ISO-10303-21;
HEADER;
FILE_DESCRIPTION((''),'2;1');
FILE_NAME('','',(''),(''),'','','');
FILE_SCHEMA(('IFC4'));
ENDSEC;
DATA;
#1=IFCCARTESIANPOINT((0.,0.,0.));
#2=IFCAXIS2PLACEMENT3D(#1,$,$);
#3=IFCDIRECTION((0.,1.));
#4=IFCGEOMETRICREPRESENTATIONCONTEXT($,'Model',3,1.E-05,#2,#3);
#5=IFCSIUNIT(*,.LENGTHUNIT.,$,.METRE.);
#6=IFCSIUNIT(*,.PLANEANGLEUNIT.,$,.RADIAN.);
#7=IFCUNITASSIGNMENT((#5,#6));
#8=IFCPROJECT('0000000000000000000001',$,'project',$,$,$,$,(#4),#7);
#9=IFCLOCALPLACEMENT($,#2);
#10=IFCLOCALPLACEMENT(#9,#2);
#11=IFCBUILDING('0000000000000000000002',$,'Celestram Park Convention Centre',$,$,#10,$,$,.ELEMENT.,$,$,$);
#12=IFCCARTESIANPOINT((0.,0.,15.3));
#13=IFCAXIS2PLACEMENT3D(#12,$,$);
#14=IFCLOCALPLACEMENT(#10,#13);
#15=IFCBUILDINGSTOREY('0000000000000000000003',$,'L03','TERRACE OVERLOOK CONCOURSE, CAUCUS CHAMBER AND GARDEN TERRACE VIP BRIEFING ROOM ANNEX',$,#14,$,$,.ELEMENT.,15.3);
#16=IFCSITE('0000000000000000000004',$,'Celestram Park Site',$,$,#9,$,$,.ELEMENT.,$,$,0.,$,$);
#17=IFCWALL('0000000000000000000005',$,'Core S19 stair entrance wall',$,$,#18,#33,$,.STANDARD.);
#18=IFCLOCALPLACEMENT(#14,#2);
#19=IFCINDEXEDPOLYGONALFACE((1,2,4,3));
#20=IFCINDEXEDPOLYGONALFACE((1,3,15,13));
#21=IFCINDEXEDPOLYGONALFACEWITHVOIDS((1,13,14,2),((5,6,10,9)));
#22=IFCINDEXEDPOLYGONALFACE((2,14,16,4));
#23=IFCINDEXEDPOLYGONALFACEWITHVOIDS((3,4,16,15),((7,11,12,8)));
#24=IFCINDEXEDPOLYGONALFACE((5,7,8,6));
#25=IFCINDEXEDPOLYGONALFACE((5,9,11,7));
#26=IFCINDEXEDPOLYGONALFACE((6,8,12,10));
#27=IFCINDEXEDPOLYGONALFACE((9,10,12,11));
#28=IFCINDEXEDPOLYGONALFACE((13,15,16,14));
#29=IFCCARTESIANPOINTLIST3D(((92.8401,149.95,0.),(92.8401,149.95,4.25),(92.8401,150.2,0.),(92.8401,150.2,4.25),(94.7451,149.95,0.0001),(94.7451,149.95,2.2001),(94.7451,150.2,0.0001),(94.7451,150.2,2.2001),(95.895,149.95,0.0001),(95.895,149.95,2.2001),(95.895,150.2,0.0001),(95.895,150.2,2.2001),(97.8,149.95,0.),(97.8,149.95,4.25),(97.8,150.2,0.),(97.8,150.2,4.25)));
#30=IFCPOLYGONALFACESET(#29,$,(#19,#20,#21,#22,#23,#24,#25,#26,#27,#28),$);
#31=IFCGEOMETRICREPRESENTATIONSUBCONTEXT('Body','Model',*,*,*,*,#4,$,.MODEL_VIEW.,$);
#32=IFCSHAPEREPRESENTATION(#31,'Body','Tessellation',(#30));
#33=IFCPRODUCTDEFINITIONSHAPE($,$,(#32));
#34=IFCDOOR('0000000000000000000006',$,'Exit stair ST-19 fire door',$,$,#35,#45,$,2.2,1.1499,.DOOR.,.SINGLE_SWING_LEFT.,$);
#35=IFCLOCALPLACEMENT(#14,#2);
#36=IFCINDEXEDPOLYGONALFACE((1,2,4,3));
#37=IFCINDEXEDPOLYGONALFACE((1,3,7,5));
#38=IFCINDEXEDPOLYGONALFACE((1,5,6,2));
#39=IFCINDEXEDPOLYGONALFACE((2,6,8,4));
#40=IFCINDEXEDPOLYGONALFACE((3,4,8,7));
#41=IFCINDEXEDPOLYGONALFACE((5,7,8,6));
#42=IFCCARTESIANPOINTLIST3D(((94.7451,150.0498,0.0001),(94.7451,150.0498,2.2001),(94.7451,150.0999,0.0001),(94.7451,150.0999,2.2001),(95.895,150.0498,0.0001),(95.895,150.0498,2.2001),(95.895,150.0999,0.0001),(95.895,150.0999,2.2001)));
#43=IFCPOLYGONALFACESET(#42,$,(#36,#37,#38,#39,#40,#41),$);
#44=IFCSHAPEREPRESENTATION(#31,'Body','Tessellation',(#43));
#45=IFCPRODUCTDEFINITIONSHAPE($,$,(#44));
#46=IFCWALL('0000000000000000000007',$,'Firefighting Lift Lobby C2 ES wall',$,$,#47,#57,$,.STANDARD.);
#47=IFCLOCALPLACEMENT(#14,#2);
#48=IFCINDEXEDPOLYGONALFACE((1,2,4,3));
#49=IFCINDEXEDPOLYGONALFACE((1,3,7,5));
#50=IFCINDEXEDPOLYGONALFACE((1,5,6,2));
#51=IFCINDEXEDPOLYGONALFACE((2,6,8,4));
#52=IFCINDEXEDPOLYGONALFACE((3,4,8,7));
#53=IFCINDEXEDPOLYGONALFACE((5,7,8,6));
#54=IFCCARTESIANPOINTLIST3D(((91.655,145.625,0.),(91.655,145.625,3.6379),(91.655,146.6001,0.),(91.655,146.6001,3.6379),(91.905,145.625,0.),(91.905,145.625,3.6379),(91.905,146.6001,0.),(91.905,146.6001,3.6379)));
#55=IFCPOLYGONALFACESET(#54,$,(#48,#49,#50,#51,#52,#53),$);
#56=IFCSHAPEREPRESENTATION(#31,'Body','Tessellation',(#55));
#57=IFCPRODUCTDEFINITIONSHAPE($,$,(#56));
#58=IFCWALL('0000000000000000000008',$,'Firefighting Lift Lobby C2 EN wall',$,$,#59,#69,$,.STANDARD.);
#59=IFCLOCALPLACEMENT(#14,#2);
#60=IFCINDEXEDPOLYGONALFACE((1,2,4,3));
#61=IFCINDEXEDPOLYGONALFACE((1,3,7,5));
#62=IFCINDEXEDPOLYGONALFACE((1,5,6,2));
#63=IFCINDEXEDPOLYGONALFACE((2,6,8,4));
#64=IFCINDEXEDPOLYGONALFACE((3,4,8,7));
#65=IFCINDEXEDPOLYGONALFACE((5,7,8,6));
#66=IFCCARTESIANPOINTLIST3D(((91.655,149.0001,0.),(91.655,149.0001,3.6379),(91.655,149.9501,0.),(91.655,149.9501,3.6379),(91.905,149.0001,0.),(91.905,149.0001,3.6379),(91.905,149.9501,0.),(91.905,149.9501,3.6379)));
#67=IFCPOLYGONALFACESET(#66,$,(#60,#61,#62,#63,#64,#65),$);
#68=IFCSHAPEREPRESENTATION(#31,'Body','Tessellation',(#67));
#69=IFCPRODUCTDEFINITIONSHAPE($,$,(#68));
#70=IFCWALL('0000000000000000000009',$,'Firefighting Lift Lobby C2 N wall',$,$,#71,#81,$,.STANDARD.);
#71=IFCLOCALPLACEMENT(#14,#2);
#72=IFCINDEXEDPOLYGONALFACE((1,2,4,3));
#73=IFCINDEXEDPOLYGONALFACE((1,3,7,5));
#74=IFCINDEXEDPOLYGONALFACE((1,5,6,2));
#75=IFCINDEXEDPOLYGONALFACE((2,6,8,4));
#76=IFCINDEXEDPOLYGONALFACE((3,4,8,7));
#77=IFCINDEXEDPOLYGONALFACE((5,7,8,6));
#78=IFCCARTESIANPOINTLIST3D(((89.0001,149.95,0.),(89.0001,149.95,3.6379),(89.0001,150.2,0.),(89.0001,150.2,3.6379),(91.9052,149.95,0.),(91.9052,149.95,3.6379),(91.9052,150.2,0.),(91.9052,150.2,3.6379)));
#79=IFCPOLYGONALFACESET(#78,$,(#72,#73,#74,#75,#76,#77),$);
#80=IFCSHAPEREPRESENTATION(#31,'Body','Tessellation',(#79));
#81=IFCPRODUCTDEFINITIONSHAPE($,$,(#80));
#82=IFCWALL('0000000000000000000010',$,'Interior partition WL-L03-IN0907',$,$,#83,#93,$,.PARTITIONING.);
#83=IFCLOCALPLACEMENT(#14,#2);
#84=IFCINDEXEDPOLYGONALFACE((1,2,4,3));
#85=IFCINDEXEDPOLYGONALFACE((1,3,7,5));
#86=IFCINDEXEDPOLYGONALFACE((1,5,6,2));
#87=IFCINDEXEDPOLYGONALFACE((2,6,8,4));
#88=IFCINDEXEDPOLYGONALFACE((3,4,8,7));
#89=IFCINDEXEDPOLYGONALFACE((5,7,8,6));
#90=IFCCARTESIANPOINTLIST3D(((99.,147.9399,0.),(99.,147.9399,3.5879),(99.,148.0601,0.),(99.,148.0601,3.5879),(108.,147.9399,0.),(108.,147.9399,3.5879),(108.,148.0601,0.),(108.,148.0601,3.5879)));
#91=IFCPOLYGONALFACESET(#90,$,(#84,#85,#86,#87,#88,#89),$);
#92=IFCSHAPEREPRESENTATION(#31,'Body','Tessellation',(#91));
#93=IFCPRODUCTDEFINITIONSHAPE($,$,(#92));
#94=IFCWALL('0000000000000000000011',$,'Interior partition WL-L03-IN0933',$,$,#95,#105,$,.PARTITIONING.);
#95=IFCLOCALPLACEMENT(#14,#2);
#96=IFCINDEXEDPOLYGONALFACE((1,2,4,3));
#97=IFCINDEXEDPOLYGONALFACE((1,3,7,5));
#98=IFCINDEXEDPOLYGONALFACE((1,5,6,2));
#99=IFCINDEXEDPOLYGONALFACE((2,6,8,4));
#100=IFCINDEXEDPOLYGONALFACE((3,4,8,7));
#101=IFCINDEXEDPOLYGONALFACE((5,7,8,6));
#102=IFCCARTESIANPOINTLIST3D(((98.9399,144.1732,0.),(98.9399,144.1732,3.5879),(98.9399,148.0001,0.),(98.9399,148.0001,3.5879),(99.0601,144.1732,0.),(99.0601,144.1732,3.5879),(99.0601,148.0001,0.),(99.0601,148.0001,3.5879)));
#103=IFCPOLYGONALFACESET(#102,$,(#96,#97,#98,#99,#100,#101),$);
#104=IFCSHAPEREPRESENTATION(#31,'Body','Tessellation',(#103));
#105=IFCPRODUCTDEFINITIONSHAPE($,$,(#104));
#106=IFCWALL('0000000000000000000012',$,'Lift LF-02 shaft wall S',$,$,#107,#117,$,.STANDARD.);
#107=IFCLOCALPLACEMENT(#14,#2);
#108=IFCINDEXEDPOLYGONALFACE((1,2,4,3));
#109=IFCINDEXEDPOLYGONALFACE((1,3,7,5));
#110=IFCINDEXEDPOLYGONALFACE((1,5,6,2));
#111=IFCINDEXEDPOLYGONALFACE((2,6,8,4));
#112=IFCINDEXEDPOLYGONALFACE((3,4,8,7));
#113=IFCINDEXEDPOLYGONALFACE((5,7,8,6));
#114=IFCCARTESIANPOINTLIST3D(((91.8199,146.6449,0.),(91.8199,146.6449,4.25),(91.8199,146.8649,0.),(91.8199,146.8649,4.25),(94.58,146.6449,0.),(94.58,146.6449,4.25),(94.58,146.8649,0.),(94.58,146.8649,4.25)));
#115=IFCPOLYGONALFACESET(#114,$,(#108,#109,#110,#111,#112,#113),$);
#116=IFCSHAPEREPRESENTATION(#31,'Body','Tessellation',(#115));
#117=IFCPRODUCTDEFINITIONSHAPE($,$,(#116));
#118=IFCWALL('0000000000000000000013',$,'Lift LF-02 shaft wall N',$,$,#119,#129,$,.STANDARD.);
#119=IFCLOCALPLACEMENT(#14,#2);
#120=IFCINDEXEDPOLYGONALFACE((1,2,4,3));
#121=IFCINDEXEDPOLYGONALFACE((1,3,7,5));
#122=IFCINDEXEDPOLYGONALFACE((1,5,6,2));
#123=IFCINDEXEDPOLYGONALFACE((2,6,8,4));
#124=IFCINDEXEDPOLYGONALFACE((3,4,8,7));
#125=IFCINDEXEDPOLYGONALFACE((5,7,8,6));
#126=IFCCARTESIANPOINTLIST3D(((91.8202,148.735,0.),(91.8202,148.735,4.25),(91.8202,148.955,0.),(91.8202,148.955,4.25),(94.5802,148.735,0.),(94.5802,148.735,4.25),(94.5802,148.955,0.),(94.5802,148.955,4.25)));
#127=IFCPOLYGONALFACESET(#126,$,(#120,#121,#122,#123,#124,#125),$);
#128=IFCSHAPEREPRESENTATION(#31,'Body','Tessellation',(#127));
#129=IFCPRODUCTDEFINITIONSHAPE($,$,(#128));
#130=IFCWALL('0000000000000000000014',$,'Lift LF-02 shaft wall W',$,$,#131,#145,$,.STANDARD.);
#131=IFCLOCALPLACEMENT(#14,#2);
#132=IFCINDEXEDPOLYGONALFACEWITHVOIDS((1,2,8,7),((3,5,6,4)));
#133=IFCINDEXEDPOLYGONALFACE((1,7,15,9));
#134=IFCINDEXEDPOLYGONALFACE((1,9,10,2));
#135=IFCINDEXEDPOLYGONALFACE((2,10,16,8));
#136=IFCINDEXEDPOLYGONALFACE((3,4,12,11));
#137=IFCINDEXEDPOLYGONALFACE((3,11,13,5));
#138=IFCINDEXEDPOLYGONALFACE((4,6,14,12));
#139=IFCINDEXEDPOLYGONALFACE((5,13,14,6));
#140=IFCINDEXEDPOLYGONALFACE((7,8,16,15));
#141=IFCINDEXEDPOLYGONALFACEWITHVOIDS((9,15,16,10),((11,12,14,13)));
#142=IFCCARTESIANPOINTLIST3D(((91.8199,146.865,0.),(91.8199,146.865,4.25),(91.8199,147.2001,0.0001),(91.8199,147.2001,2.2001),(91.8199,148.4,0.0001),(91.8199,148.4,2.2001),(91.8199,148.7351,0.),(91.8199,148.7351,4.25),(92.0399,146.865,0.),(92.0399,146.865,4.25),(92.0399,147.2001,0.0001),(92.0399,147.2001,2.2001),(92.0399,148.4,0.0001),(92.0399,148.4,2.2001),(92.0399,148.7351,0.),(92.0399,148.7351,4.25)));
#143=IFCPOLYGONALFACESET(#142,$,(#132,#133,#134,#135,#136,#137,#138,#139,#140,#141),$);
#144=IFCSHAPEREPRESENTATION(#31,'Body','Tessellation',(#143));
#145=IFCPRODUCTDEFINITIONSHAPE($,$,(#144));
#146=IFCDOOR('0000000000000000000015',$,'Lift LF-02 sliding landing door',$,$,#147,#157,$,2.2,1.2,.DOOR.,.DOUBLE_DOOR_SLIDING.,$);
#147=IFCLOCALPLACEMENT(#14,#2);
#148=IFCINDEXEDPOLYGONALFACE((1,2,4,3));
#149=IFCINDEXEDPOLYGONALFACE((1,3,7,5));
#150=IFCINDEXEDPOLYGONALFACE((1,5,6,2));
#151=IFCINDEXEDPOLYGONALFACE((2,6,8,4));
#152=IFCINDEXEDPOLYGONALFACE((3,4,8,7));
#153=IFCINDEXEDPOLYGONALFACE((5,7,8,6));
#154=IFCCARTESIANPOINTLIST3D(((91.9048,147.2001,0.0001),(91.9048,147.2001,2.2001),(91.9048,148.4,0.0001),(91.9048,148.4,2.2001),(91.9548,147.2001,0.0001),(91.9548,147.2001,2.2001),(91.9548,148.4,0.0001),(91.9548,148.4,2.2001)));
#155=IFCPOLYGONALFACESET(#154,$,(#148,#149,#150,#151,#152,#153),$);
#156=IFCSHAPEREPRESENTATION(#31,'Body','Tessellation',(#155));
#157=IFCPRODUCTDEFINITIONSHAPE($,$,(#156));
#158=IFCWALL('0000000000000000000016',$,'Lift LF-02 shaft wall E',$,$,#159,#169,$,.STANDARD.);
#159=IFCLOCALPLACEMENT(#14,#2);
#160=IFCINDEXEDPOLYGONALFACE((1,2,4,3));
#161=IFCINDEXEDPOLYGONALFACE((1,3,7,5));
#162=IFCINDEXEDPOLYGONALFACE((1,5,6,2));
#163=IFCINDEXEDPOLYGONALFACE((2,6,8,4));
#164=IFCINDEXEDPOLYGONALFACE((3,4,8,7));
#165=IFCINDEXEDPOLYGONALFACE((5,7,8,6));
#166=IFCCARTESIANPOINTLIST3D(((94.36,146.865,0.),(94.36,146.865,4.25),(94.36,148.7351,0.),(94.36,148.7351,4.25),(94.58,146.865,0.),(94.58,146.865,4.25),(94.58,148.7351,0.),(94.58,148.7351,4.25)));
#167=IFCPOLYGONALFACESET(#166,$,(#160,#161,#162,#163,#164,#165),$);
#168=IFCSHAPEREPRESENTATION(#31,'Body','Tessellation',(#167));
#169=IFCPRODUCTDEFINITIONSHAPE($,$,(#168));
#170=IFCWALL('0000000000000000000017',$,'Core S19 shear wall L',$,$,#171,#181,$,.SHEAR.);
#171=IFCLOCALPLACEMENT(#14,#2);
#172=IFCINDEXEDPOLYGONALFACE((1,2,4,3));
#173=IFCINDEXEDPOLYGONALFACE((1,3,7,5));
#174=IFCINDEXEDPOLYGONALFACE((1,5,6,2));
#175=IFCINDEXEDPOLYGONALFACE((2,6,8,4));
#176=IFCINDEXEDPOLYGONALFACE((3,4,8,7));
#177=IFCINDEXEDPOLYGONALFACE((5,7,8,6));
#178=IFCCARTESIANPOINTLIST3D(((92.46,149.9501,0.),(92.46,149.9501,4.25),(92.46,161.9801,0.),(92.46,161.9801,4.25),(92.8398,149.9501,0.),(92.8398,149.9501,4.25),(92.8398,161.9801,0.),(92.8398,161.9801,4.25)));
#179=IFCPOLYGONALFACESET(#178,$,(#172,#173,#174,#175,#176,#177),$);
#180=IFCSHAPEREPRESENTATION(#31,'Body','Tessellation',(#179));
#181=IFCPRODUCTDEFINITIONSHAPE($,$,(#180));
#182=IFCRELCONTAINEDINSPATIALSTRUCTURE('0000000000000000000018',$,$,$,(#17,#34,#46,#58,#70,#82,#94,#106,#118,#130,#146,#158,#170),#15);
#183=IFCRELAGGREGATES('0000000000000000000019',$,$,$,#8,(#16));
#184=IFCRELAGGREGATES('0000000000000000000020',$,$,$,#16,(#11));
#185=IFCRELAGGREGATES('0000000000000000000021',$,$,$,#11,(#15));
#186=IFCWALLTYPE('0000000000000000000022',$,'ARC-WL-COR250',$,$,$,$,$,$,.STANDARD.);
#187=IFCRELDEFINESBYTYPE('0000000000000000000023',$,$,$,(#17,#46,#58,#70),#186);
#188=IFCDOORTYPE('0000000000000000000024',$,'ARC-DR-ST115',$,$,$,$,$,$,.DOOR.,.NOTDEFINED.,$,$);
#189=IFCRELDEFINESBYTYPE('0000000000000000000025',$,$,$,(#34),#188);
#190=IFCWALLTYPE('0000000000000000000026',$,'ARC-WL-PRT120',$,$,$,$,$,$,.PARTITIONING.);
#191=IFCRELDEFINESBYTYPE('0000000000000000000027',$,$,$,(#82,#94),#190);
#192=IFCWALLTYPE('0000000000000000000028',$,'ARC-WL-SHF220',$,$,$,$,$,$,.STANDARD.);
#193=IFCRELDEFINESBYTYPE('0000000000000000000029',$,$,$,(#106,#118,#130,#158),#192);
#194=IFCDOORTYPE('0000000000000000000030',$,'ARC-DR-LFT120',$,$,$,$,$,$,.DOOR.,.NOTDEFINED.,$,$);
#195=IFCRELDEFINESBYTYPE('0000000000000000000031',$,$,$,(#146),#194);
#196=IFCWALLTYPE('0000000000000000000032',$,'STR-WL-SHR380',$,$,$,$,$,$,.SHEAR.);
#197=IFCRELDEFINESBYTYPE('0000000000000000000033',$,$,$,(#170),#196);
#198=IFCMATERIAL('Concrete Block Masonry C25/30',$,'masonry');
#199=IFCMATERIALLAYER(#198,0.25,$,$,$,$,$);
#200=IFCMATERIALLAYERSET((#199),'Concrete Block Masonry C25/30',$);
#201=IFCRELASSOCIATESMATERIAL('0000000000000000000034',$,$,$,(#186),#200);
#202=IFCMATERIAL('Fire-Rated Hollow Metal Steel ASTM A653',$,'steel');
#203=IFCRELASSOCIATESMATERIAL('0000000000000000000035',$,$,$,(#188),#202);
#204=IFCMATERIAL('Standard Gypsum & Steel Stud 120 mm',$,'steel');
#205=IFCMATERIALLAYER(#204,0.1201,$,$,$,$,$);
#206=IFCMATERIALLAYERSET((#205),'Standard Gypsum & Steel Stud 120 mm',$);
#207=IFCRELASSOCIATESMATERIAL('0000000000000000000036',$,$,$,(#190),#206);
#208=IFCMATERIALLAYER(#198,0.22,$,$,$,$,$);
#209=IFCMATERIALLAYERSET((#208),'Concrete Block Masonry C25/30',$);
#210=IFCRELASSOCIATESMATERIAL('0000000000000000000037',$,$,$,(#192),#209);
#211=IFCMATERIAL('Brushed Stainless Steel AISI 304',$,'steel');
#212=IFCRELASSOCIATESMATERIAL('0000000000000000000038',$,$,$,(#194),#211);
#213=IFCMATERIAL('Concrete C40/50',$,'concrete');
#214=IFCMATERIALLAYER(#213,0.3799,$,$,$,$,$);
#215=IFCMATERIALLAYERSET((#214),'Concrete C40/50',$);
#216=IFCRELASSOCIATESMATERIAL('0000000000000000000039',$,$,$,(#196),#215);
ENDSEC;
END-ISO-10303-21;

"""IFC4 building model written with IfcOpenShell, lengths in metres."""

from ifc_helpers import new_model, si_unit, direction, frame, frame_2d, origin, place, context, subcontext, project, spatial, rectangle, extrude, material, layer, layer_set, type_object, element, fill, save


model = new_model("IFC4")

# Units and contexts
model_context = context("Model", 3, precision=1e-05, world=origin(), true_north=direction((0.0, 1.0)))
body_context = subcontext(model_context, "Body", "Model", "MODEL_VIEW")
ifc_project = project(units=[si_unit("LENGTHUNIT", "METRE"), si_unit("PLANEANGLEUNIT", "RADIAN")], contexts=[model_context])

# Site, building, storey
site_placement = place(None, origin())
site = spatial("IfcSite", under=ifc_project, at=site_placement, Name="Celestram Park Site", CompositionType="ELEMENT", RefElevation=0.0)
building_placement = place(site_placement, origin())
building = spatial("IfcBuilding", under=site, at=building_placement, Name="Celestram Park Convention Centre", CompositionType="ELEMENT")
storey_placement = place(building_placement, frame((0.0, 0.0, 15.3)))
storey = spatial("IfcBuildingStorey", under=building, at=storey_placement, Name="L03", Description="TERRACE OVERLOOK CONCOURSE, CAUCUS CHAMBER AND GARDEN TERRACE VIP BRIEFING ROOM ANNEX", CompositionType="ELEMENT", Elevation=15.3)

# Shared definitions
ifc_material_1 = material(Name="Concrete C40/50", Category="concrete")

# Wall, opening, door
ifc_material_2 = material(Name="Concrete Block Masonry C25/30", Category="masonry")
ifc_layer_1 = layer(ifc_material_2, 0.25)
ifc_layer_set_1 = layer_set([ifc_layer_1], Name="Concrete Block Masonry C25/30")
wall_type_1 = type_object("IfcWallType", Name="ARC-WL-COR250", PredefinedType="STANDARD", material=ifc_layer_set_1)
wall_1_placement = place(storey_placement, frame((92.8401, 150.075, 0.0), z_axis=(0.0, 0.0, 1.0), x_axis=(1.0, 0.0, 0.0)))
wall_1 = element("IfcWall", 1, at=wall_1_placement, inside=storey, type_object=wall_type_1, Name="Core S19 stair entrance wall", PredefinedType="STANDARD", context=body_context, shape_type="SweptSolid", body=[
    extrude(rectangle(XDim=4.96, YDim=0.25, at=frame_2d((2.48, 0.0))), origin(), (0.0, 0.0, 1.0), 4.25),
])
opening_1_placement = place(wall_1_placement, frame((1.905, 0.0, 0.0)))
opening_1 = element("IfcOpeningElement", 2, at=opening_1_placement, cuts=wall_1, PredefinedType="OPENING", context=body_context, shape_type="SweptSolid", body=[
    extrude(rectangle(XDim=1.1499, YDim=2.2, at=frame_2d((0.575, 1.1001))), frame((0.0, 0.135, 0.0), z_axis=(0.0, -1.0, 0.0), x_axis=(1.0, 0.0, 0.0)), (0.0, 0.0, 1.0), 0.27),
])
ifc_material_3 = material(Name="Fire-Rated Hollow Metal Steel ASTM A653", Category="steel")
door_type_1 = type_object("IfcDoorType", Name="ARC-DR-ST115", OperationType="NOTDEFINED", PredefinedType="DOOR", material=ifc_material_3)
door_1_placement = place(opening_1_placement, origin())
door_1 = element("IfcDoor", 3, at=door_1_placement, inside=storey, type_object=door_type_1, Name="Exit stair ST-19 fire door", OperationType="SINGLE_SWING_LEFT", OverallHeight=2.2, OverallWidth=1.1499, PredefinedType="DOOR", context=body_context, shape_type="SweptSolid", body=[
    extrude(rectangle(XDim=1.1499, YDim=2.2, at=frame_2d((0.575, 1.1001))), frame((0.0, 0.0249, 0.0), z_axis=(0.0, -1.0, 0.0), x_axis=(1.0, 0.0, 0.0)), (0.0, 0.0, 1.0), 0.05),
])
fill(opening_1, door_1)

# Walls
wall_2_placement = place(storey_placement, frame((91.78, 145.625, 0.0), z_axis=(0.0, 0.0, 1.0), x_axis=(0.0, 1.0, 0.0)))
element("IfcWall", 4, at=wall_2_placement, inside=storey, type_object=wall_type_1, Name="Firefighting Lift Lobby C2 ES wall", PredefinedType="STANDARD", context=body_context, shape_type="SweptSolid", body=[
    extrude(rectangle(XDim=0.9751, YDim=0.25, at=frame_2d((0.4875, 0.0))), origin(), (0.0, 0.0, 1.0), 3.6379),
])
wall_3_placement = place(storey_placement, frame((91.78, 149.0, 0.0), z_axis=(0.0, 0.0, 1.0), x_axis=(0.0, 1.0, 0.0)))
element("IfcWall", 5, at=wall_3_placement, inside=storey, type_object=wall_type_1, Name="Firefighting Lift Lobby C2 EN wall", PredefinedType="STANDARD", context=body_context, shape_type="SweptSolid", body=[
    extrude(rectangle(XDim=0.95, YDim=0.25, at=frame_2d((0.4751, 0.0))), origin(), (0.0, 0.0, 1.0), 3.6379),
])
wall_4_placement = place(storey_placement, frame((89.0, 150.075, 0.0), z_axis=(0.0, 0.0, 1.0), x_axis=(1.0, 0.0, 0.0)))
element("IfcWall", 6, at=wall_4_placement, inside=storey, type_object=wall_type_1, Name="Firefighting Lift Lobby C2 N wall", PredefinedType="STANDARD", context=body_context, shape_type="SweptSolid", body=[
    extrude(rectangle(XDim=2.905, YDim=0.25, at=frame_2d((1.4526, 0.0))), origin(), (0.0, 0.0, 1.0), 3.6379),
])
ifc_material_4 = material(Name="Standard Gypsum & Steel Stud 120 mm", Category="steel")
ifc_layer_2 = layer(ifc_material_4, 0.1201)
ifc_layer_set_2 = layer_set([ifc_layer_2], Name="Standard Gypsum & Steel Stud 120 mm")
wall_type_2 = type_object("IfcWallType", Name="ARC-WL-PRT120", PredefinedType="PARTITIONING", material=ifc_layer_set_2)
wall_5_placement = place(storey_placement, frame((99.0, 148.0, 0.0), z_axis=(0.0, 0.0, 1.0), x_axis=(1.0, 0.0, 0.0)))
element("IfcWall", 7, at=wall_5_placement, inside=storey, type_object=wall_type_2, Name="Interior partition WL-L03-IN0907", PredefinedType="PARTITIONING", context=body_context, shape_type="SweptSolid", body=[
    extrude(rectangle(XDim=9.0, YDim=0.1201, at=frame_2d((4.5, 0.0))), origin(), (0.0, 0.0, 1.0), 3.5879),
])
wall_6_placement = place(storey_placement, frame((99.0, 144.1731, 0.0), z_axis=(0.0, 0.0, 1.0), x_axis=(0.0, 1.0, 0.0)))
element("IfcWall", 8, at=wall_6_placement, inside=storey, type_object=wall_type_2, Name="Interior partition WL-L03-IN0933", PredefinedType="PARTITIONING", context=body_context, shape_type="SweptSolid", body=[
    extrude(rectangle(XDim=3.8269, YDim=0.1201, at=frame_2d((1.9136, 0.0))), origin(), (0.0, 0.0, 1.0), 3.5879),
])
ifc_layer_3 = layer(ifc_material_2, 0.22)
ifc_layer_set_3 = layer_set([ifc_layer_3], Name="Concrete Block Masonry C25/30")
wall_type_3 = type_object("IfcWallType", Name="ARC-WL-SHF220", PredefinedType="STANDARD", material=ifc_layer_set_3)
for number, where, z_axis, x_axis, name in (
    (9, (91.8201, 146.7549, 0.0), (0.0, 0.0, 1.0), (1.0, 0.0, 0.0), "Lift LF-02 shaft wall S"),
    (10, (94.5801, 148.845, 0.0), (0.0, 0.0, 1.0), (-1.0, 0.0, 0.0), "Lift LF-02 shaft wall N"),
):
    element("IfcWall", number, at=place(storey_placement, frame(where, z_axis=z_axis, x_axis=x_axis)), inside=storey, type_object=wall_type_3, Name=name, PredefinedType="STANDARD", context=body_context, shape_type="SweptSolid", body=[
        extrude(rectangle(XDim=2.76, YDim=0.22, at=frame_2d((1.3799, 0.0))), origin(), (0.0, 0.0, 1.0), 4.25),
    ])

# Wall, opening, door
wall_7_placement = place(storey_placement, frame((91.9299, 148.7351, 0.0), z_axis=(0.0, 0.0, 1.0), x_axis=(0.0, -1.0, 0.0)))
wall_7 = element("IfcWall", 11, at=wall_7_placement, inside=storey, type_object=wall_type_3, Name="Lift LF-02 shaft wall W", PredefinedType="STANDARD", context=body_context, shape_type="SweptSolid", body=[
    extrude(rectangle(XDim=1.8701, YDim=0.22, at=frame_2d((0.9351, 0.0))), origin(), (0.0, 0.0, 1.0), 4.25),
])
opening_2_placement = place(wall_7_placement, frame((0.335, 0.0, 0.0)))
opening_2 = element("IfcOpeningElement", 12, at=opening_2_placement, cuts=wall_7, PredefinedType="OPENING", context=body_context, shape_type="SweptSolid", body=[
    extrude(rectangle(XDim=1.2, YDim=2.2, at=frame_2d((0.6001, 1.1001))), frame((0.0, 0.1199, 0.0), z_axis=(0.0, -1.0, 0.0), x_axis=(1.0, 0.0, 0.0)), (0.0, 0.0, 1.0), 0.24),
])
ifc_material_5 = material(Name="Brushed Stainless Steel AISI 304", Category="steel")
door_type_2 = type_object("IfcDoorType", Name="ARC-DR-LFT120", OperationType="NOTDEFINED", PredefinedType="DOOR", material=ifc_material_5)
door_2_placement = place(opening_2_placement, origin())
door_2 = element("IfcDoor", 13, at=door_2_placement, inside=storey, type_object=door_type_2, Name="Lift LF-02 sliding landing door", OperationType="DOUBLE_DOOR_SLIDING", OverallHeight=2.2, OverallWidth=1.2, PredefinedType="DOOR", context=body_context, shape_type="SweptSolid", body=[
    extrude(rectangle(XDim=1.2, YDim=2.2, at=frame_2d((0.6001, 1.1001))), frame((0.0, 0.0249, 0.0), z_axis=(0.0, -1.0, 0.0), x_axis=(1.0, 0.0, 0.0)), (0.0, 0.0, 1.0), 0.05),
])
fill(opening_2, door_2)

# Walls
wall_8_placement = place(storey_placement, frame((94.47, 146.865, 0.0), z_axis=(0.0, 0.0, 1.0), x_axis=(0.0, 1.0, 0.0)))
element("IfcWall", 14, at=wall_8_placement, inside=storey, type_object=wall_type_3, Name="Lift LF-02 shaft wall E", PredefinedType="STANDARD", context=body_context, shape_type="SweptSolid", body=[
    extrude(rectangle(XDim=1.8701, YDim=0.22, at=frame_2d((0.9351, 0.0))), origin(), (0.0, 0.0, 1.0), 4.25),
])
ifc_layer_4 = layer(ifc_material_1, 0.3799)
ifc_layer_set_4 = layer_set([ifc_layer_4], Name="Concrete C40/50")
wall_type_4 = type_object("IfcWallType", Name="STR-WL-SHR380", PredefinedType="SHEAR", material=ifc_layer_set_4)
wall_9_placement = place(storey_placement, frame((92.6499, 149.95, 0.0), z_axis=(0.0, 0.0, 1.0), x_axis=(0.0, 1.0, 0.0)))
element("IfcWall", 15, at=wall_9_placement, inside=storey, type_object=wall_type_4, Name="Core S19 shear wall L", PredefinedType="SHEAR", context=body_context, shape_type="SweptSolid", body=[
    extrude(rectangle(XDim=12.03, YDim=0.3799, at=frame_2d((6.0151, 0.0))), origin(), (0.0, 0.0, 1.0), 4.25),
])

save(model, "model.ifc")
